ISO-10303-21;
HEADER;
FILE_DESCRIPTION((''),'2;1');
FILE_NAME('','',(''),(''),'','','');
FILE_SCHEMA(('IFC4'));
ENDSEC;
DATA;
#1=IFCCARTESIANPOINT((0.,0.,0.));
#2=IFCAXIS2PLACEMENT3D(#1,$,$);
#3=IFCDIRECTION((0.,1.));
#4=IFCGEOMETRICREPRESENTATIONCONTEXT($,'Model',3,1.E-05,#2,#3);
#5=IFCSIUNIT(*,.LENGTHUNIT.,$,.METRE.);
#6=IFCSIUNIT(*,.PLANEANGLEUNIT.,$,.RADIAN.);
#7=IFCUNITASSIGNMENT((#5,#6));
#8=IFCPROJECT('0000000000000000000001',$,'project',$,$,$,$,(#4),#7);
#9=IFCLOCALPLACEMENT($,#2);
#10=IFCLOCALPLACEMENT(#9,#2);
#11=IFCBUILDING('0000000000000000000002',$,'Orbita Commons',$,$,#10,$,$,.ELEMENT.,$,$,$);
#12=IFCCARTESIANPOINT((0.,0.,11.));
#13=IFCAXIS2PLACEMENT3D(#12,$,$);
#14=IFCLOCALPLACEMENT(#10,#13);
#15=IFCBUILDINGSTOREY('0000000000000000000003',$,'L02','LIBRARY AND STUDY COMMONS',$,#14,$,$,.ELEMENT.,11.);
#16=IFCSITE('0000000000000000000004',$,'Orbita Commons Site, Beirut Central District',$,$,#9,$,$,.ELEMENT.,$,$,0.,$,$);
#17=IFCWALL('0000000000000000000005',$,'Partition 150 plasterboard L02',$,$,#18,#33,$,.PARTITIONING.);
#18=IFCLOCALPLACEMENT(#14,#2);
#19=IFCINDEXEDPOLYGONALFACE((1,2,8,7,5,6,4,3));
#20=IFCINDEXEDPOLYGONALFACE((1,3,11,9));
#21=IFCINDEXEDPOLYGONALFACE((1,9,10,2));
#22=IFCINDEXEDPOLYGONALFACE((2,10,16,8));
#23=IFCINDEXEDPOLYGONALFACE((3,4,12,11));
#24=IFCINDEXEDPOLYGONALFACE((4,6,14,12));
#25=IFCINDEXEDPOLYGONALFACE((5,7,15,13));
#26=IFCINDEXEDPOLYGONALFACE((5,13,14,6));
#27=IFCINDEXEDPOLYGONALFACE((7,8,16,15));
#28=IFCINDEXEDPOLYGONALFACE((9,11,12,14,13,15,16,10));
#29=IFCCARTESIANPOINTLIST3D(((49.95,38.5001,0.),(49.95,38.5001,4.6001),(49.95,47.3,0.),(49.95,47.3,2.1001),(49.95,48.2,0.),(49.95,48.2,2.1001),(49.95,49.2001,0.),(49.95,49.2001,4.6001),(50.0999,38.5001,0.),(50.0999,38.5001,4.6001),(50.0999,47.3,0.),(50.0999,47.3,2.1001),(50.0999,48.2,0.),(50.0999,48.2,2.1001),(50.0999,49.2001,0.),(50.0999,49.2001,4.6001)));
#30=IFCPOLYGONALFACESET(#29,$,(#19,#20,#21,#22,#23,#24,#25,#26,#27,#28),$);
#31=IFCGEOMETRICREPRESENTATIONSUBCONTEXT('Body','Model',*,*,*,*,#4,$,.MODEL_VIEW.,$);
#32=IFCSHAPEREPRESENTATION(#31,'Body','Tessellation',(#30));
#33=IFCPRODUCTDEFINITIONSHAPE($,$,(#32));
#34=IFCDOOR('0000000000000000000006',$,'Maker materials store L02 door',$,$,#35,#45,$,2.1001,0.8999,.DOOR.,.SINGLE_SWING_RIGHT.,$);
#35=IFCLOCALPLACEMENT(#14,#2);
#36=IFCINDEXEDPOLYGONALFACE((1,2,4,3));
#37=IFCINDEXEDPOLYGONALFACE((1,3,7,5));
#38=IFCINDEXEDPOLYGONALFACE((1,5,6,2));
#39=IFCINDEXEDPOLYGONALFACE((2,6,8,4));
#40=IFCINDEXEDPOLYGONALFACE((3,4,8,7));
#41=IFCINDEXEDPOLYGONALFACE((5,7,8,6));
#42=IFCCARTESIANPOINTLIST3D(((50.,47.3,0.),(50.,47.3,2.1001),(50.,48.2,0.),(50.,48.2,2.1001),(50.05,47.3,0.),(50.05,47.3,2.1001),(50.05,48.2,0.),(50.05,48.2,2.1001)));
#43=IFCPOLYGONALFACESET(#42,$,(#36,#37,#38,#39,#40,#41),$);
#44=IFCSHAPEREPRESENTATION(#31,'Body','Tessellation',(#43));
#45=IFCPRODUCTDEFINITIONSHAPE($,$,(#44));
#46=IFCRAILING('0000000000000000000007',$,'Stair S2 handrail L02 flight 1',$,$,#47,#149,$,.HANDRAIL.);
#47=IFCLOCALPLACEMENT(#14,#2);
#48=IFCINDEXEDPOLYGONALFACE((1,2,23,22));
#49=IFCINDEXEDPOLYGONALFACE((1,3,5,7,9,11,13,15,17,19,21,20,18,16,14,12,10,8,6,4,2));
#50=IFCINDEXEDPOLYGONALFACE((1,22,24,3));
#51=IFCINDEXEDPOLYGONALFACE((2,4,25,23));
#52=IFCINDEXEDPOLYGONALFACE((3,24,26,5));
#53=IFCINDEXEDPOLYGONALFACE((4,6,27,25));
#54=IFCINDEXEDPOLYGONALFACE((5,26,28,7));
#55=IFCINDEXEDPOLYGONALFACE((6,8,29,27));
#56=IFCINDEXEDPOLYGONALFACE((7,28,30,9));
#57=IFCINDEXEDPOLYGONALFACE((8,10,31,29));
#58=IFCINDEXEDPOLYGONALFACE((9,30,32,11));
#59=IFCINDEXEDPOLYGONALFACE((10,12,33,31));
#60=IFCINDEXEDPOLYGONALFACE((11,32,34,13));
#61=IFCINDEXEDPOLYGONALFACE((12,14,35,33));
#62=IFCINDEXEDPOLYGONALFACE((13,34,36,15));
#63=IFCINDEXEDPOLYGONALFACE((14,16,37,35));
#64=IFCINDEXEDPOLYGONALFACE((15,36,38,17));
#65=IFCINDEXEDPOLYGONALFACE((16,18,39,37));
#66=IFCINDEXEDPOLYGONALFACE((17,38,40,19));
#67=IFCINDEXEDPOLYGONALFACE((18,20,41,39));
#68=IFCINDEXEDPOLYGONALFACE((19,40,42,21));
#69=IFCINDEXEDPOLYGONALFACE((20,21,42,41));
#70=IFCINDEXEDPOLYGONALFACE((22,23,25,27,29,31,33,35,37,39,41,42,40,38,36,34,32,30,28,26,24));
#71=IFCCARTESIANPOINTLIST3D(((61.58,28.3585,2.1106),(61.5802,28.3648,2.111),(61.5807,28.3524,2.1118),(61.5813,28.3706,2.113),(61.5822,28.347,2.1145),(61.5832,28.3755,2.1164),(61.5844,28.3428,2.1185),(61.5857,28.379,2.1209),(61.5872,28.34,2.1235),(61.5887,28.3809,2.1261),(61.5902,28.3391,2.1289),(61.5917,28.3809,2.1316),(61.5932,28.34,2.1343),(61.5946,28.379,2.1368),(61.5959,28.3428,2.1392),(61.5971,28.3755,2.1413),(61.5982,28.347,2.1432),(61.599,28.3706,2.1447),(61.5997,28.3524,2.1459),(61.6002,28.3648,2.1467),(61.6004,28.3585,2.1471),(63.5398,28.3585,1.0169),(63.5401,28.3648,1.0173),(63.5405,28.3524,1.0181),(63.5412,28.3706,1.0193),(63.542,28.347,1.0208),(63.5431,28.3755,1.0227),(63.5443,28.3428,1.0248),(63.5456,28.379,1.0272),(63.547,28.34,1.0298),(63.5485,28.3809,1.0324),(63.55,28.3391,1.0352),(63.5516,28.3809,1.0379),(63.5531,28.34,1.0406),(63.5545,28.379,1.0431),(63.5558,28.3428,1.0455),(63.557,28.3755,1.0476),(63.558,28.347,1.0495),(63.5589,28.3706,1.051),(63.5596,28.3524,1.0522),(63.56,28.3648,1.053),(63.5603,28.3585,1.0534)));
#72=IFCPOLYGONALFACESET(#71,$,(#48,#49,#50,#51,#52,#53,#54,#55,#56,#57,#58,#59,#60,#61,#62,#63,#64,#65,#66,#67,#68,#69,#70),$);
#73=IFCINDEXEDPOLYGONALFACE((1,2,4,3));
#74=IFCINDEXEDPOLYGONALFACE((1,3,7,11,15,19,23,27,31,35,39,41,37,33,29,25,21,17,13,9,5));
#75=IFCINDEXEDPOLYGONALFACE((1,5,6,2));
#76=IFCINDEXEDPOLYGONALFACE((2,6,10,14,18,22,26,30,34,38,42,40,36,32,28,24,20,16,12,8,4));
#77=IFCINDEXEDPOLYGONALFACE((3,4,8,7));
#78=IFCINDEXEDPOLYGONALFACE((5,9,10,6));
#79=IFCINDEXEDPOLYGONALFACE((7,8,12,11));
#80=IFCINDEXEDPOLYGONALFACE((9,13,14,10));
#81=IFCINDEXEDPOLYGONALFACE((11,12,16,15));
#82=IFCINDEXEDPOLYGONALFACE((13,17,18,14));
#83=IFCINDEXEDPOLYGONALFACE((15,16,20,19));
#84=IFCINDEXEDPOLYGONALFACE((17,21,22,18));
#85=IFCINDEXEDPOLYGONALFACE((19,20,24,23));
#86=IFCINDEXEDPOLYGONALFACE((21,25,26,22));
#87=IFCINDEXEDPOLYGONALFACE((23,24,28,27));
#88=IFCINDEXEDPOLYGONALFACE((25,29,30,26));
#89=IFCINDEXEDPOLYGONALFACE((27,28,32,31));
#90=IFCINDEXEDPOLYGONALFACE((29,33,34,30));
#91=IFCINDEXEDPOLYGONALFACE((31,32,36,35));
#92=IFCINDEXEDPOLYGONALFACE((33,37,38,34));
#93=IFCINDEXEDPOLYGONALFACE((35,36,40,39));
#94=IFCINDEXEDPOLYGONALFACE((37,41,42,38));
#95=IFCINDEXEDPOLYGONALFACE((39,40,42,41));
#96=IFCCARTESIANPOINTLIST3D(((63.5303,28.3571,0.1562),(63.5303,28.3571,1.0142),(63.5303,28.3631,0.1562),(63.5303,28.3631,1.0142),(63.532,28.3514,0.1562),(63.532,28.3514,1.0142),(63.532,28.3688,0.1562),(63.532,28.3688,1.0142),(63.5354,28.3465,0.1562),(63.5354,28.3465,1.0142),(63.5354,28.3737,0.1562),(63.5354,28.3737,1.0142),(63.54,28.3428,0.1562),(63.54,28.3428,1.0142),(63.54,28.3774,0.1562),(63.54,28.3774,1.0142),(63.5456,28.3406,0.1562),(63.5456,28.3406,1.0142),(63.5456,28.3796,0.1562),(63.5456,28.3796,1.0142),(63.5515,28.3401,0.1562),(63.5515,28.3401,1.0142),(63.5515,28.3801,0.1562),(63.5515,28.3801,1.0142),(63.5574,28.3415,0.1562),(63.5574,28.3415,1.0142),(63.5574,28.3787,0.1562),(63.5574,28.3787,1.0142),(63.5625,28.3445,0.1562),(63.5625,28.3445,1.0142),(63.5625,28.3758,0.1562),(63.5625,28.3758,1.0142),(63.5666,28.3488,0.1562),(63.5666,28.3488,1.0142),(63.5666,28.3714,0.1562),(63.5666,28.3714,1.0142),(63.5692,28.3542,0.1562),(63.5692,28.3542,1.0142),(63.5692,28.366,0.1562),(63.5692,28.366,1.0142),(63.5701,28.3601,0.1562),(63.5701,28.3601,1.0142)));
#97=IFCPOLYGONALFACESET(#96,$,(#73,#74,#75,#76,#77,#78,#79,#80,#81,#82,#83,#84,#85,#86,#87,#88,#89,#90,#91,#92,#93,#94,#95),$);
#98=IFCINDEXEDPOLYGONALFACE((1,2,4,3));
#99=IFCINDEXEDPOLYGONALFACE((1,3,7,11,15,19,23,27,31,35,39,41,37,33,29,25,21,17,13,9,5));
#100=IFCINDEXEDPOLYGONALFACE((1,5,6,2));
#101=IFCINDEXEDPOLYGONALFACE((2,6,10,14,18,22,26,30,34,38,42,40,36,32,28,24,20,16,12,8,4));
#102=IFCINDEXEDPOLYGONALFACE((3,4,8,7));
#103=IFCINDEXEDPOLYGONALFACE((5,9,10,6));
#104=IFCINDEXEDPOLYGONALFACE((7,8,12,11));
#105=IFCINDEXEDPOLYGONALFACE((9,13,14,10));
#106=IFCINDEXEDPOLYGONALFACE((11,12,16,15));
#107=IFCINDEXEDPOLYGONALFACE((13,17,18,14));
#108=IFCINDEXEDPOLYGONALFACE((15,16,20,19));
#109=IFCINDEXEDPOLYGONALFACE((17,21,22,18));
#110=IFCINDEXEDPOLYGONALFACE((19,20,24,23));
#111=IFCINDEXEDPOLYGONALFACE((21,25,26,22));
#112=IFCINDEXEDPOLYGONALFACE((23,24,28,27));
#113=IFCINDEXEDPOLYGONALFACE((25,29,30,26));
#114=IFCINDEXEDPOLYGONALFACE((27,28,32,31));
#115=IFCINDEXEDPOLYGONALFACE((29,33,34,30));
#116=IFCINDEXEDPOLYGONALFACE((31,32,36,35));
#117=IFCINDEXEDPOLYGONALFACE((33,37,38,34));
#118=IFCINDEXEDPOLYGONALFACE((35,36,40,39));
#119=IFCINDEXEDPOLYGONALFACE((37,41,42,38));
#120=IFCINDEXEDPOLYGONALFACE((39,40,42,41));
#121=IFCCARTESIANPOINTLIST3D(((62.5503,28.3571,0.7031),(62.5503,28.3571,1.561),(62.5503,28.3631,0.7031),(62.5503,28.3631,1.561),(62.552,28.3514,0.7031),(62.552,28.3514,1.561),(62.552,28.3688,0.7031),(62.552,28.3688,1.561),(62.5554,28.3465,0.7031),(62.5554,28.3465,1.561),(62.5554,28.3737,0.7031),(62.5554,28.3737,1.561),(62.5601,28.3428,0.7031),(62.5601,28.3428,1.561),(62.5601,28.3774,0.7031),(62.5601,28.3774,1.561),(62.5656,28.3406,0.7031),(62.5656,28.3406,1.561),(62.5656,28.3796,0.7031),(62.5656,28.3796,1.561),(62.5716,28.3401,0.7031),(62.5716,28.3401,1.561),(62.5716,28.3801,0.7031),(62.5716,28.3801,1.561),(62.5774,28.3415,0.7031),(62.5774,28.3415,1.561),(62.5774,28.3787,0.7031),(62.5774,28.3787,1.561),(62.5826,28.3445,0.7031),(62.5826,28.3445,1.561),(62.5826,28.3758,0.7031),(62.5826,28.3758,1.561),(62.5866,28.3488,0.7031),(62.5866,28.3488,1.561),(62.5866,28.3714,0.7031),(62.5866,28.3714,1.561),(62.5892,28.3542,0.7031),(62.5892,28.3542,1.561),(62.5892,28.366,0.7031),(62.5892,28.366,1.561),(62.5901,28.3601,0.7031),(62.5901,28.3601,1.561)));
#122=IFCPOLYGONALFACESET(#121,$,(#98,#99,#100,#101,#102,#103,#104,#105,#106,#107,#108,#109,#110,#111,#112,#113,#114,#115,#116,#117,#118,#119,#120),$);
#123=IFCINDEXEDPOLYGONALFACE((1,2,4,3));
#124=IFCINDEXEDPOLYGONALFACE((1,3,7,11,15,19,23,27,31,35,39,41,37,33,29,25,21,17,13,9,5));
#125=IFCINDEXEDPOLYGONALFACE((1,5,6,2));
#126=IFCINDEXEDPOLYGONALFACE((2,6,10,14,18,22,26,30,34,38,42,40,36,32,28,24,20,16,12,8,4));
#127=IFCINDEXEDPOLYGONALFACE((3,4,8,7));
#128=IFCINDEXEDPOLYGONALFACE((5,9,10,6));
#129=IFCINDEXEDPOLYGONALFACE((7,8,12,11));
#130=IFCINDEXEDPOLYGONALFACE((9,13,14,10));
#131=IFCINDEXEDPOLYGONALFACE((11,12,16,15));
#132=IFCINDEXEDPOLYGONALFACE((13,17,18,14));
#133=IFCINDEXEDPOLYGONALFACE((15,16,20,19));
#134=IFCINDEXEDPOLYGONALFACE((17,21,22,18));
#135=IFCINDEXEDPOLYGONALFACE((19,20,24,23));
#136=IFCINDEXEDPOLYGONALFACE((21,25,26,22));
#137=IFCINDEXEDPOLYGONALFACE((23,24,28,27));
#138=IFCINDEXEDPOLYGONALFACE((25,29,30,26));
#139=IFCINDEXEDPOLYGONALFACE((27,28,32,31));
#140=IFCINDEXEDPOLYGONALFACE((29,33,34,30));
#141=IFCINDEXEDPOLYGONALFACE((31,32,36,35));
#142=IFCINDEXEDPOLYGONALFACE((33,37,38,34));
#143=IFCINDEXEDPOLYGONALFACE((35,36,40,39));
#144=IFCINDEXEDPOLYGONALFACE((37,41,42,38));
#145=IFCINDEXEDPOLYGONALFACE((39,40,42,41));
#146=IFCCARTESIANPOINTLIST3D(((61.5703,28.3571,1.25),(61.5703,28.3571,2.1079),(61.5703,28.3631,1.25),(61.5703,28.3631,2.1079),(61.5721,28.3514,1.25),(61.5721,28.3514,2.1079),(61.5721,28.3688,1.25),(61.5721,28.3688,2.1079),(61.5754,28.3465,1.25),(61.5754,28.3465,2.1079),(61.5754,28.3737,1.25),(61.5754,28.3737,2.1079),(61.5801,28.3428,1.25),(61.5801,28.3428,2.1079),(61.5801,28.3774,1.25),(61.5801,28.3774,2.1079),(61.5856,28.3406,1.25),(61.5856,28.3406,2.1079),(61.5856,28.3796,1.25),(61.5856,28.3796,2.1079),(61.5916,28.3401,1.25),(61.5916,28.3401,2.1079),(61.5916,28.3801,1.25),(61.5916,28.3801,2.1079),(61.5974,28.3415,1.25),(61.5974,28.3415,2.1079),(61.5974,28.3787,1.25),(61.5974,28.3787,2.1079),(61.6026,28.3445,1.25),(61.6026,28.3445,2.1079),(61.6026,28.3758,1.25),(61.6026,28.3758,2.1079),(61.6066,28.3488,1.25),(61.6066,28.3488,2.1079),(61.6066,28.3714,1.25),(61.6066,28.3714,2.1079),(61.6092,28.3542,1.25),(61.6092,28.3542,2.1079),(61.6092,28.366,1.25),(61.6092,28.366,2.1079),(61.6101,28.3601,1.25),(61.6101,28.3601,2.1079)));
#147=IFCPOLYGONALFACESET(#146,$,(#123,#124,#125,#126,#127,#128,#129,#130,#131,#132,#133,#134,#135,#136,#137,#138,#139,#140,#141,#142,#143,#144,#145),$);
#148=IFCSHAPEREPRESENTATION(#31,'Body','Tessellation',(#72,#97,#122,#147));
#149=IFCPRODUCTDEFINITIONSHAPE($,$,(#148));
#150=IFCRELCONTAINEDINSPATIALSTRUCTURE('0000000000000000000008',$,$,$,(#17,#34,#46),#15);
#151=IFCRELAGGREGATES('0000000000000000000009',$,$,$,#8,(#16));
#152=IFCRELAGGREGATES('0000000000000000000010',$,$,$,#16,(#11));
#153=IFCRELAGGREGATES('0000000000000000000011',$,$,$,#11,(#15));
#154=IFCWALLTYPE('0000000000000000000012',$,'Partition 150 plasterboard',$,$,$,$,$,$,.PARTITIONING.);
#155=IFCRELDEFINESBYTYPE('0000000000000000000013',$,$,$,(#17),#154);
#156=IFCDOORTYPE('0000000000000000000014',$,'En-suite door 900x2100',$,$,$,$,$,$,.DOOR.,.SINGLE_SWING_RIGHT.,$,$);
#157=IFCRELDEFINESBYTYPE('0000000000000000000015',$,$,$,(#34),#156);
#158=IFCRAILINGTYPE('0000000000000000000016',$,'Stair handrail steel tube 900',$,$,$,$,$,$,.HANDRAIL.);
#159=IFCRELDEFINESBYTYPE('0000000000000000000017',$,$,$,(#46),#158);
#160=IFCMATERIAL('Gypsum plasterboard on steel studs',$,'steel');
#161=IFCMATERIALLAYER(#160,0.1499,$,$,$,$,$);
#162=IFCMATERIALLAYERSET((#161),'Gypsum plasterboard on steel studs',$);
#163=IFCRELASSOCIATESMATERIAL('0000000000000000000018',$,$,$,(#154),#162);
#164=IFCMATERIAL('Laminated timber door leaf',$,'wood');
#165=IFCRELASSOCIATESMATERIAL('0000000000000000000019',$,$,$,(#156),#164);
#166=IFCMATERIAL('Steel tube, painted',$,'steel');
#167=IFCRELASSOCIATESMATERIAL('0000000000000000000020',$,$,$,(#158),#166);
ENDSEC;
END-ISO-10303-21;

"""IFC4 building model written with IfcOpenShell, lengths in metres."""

from ifc_helpers import new_model, si_unit, direction, frame, frame_2d, origin, origin_2d, place, context, subcontext, project, spatial, rectangle, circle, extrude, material, layer, layer_set, type_object, element, fill, save


model = new_model("IFC4")

# Units and contexts
model_context = context("Model", 3, precision=1e-05, world=origin(), true_north=direction((0.0, 1.0)))
body_context = subcontext(model_context, "Body", "Model", "MODEL_VIEW")
ifc_project = project(units=[si_unit("LENGTHUNIT", "METRE"), si_unit("PLANEANGLEUNIT", "RADIAN")], contexts=[model_context])

# Site, building, storey
site_placement = place(None, origin())
site = spatial("IfcSite", under=ifc_project, at=site_placement, Name="Orbita Commons Site, Beirut Central District", CompositionType="ELEMENT", RefElevation=0.0)
building_placement = place(site_placement, origin())
building = spatial("IfcBuilding", under=site, at=building_placement, Name="Orbita Commons", CompositionType="ELEMENT")
storey_placement = place(building_placement, frame((0.0, 0.0, 11.0)))
storey = spatial("IfcBuildingStorey", under=building, at=storey_placement, Name="L02", Description="LIBRARY AND STUDY COMMONS", CompositionType="ELEMENT", Elevation=11.0)

# Wall, opening, door
ifc_material_1 = material(Name="Gypsum plasterboard on steel studs", Category="steel")
ifc_layer_1 = layer(ifc_material_1, 0.1499)
ifc_layer_set_1 = layer_set([ifc_layer_1], Name="Gypsum plasterboard on steel studs")
wall_type_1 = type_object("IfcWallType", Name="Partition 150 plasterboard", PredefinedType="PARTITIONING", material=ifc_layer_set_1)
ifc_material_2 = material(Name="Laminated timber door leaf", Category="wood")
door_type_1 = type_object("IfcDoorType", Name="En-suite door 900x2100", OperationType="SINGLE_SWING_RIGHT", PredefinedType="DOOR", material=ifc_material_2)
wall_1_placement = place(storey_placement, frame((50.0249, 38.5, 0.0), z_axis=(0.0, 0.0, 1.0), x_axis=(0.0, 1.0, 0.0)))
wall_1 = element("IfcWall", 1, at=wall_1_placement, inside=storey, type_object=wall_type_1, Name="Partition 150 plasterboard L02", PredefinedType="PARTITIONING", context=body_context, shape_type="SweptSolid", body=[
    extrude(rectangle(XDim=10.7, YDim=0.1499, at=frame_2d((5.3501, 0.0))), origin(), (0.0, 0.0, 1.0), 4.6001),
])
opening_1_placement = place(wall_1_placement, frame((8.8, 0.0, 0.0)))
opening_1 = element("IfcOpeningElement", 2, at=opening_1_placement, cuts=wall_1, PredefinedType="OPENING", context=body_context, shape_type="SweptSolid", body=[
    extrude(rectangle(XDim=0.8999, YDim=2.1001, at=frame_2d((0.45, 1.05))), frame((0.0, 0.085, 0.0), z_axis=(0.0, -1.0, 0.0), x_axis=(1.0, 0.0, 0.0)), (0.0, 0.0, 1.0), 0.1699),
])
door_1_placement = place(opening_1_placement, origin())
door_1 = element("IfcDoor", 3, at=door_1_placement, inside=storey, type_object=door_type_1, Name="Maker materials store L02 door", OperationType="SINGLE_SWING_RIGHT", OverallHeight=2.1001, OverallWidth=0.8999, PredefinedType="DOOR", context=body_context, shape_type="SweptSolid", body=[
    extrude(rectangle(XDim=0.8999, YDim=2.1001, at=frame_2d((0.45, 1.05))), frame((0.0, 0.0249, 0.0), z_axis=(0.0, -1.0, 0.0), x_axis=(1.0, 0.0, 0.0)), (0.0, 0.0, 1.0), 0.05),
])
fill(opening_1, door_1)

# Railing
ifc_material_3 = material(Name="Steel tube, painted", Category="steel")
railing_type = type_object("IfcRailingType", Name="Stair handrail steel tube 900", PredefinedType="HANDRAIL", material=ifc_material_3)
for number, where, name in (
    (4, (63.55, 28.3601, 0.1562), "Stair S2 handrail L02 flight 1"),
):
    element("IfcRailing", number, at=place(storey_placement, frame(where)), inside=storey, type_object=railing_type, Name=name, PredefinedType="HANDRAIL", context=body_context, shape_type="SweptSolid", body=[
        extrude(circle(Radius=0.021, at=origin_2d()), frame((0.0, 0.0, 0.8789), z_axis=(-0.873232, 0.0, 0.487304), x_axis=(0.0, -1.0, 0.0)), (0.0, 0.0, 1.0), 2.2444),
        extrude(circle(Radius=0.02, at=origin_2d()), origin(), (0.0, 0.0, 1.0), 0.8579),
        extrude(circle(Radius=0.02, at=origin_2d()), frame((-0.98, 0.0, 0.5469)), (0.0, 0.0, 1.0), 0.8579),
        extrude(circle(Radius=0.02, at=origin_2d()), frame((-1.96, 0.0, 1.0938)), (0.0, 0.0, 1.0), 0.8579),
    ])

save(model, "model.ifc")
